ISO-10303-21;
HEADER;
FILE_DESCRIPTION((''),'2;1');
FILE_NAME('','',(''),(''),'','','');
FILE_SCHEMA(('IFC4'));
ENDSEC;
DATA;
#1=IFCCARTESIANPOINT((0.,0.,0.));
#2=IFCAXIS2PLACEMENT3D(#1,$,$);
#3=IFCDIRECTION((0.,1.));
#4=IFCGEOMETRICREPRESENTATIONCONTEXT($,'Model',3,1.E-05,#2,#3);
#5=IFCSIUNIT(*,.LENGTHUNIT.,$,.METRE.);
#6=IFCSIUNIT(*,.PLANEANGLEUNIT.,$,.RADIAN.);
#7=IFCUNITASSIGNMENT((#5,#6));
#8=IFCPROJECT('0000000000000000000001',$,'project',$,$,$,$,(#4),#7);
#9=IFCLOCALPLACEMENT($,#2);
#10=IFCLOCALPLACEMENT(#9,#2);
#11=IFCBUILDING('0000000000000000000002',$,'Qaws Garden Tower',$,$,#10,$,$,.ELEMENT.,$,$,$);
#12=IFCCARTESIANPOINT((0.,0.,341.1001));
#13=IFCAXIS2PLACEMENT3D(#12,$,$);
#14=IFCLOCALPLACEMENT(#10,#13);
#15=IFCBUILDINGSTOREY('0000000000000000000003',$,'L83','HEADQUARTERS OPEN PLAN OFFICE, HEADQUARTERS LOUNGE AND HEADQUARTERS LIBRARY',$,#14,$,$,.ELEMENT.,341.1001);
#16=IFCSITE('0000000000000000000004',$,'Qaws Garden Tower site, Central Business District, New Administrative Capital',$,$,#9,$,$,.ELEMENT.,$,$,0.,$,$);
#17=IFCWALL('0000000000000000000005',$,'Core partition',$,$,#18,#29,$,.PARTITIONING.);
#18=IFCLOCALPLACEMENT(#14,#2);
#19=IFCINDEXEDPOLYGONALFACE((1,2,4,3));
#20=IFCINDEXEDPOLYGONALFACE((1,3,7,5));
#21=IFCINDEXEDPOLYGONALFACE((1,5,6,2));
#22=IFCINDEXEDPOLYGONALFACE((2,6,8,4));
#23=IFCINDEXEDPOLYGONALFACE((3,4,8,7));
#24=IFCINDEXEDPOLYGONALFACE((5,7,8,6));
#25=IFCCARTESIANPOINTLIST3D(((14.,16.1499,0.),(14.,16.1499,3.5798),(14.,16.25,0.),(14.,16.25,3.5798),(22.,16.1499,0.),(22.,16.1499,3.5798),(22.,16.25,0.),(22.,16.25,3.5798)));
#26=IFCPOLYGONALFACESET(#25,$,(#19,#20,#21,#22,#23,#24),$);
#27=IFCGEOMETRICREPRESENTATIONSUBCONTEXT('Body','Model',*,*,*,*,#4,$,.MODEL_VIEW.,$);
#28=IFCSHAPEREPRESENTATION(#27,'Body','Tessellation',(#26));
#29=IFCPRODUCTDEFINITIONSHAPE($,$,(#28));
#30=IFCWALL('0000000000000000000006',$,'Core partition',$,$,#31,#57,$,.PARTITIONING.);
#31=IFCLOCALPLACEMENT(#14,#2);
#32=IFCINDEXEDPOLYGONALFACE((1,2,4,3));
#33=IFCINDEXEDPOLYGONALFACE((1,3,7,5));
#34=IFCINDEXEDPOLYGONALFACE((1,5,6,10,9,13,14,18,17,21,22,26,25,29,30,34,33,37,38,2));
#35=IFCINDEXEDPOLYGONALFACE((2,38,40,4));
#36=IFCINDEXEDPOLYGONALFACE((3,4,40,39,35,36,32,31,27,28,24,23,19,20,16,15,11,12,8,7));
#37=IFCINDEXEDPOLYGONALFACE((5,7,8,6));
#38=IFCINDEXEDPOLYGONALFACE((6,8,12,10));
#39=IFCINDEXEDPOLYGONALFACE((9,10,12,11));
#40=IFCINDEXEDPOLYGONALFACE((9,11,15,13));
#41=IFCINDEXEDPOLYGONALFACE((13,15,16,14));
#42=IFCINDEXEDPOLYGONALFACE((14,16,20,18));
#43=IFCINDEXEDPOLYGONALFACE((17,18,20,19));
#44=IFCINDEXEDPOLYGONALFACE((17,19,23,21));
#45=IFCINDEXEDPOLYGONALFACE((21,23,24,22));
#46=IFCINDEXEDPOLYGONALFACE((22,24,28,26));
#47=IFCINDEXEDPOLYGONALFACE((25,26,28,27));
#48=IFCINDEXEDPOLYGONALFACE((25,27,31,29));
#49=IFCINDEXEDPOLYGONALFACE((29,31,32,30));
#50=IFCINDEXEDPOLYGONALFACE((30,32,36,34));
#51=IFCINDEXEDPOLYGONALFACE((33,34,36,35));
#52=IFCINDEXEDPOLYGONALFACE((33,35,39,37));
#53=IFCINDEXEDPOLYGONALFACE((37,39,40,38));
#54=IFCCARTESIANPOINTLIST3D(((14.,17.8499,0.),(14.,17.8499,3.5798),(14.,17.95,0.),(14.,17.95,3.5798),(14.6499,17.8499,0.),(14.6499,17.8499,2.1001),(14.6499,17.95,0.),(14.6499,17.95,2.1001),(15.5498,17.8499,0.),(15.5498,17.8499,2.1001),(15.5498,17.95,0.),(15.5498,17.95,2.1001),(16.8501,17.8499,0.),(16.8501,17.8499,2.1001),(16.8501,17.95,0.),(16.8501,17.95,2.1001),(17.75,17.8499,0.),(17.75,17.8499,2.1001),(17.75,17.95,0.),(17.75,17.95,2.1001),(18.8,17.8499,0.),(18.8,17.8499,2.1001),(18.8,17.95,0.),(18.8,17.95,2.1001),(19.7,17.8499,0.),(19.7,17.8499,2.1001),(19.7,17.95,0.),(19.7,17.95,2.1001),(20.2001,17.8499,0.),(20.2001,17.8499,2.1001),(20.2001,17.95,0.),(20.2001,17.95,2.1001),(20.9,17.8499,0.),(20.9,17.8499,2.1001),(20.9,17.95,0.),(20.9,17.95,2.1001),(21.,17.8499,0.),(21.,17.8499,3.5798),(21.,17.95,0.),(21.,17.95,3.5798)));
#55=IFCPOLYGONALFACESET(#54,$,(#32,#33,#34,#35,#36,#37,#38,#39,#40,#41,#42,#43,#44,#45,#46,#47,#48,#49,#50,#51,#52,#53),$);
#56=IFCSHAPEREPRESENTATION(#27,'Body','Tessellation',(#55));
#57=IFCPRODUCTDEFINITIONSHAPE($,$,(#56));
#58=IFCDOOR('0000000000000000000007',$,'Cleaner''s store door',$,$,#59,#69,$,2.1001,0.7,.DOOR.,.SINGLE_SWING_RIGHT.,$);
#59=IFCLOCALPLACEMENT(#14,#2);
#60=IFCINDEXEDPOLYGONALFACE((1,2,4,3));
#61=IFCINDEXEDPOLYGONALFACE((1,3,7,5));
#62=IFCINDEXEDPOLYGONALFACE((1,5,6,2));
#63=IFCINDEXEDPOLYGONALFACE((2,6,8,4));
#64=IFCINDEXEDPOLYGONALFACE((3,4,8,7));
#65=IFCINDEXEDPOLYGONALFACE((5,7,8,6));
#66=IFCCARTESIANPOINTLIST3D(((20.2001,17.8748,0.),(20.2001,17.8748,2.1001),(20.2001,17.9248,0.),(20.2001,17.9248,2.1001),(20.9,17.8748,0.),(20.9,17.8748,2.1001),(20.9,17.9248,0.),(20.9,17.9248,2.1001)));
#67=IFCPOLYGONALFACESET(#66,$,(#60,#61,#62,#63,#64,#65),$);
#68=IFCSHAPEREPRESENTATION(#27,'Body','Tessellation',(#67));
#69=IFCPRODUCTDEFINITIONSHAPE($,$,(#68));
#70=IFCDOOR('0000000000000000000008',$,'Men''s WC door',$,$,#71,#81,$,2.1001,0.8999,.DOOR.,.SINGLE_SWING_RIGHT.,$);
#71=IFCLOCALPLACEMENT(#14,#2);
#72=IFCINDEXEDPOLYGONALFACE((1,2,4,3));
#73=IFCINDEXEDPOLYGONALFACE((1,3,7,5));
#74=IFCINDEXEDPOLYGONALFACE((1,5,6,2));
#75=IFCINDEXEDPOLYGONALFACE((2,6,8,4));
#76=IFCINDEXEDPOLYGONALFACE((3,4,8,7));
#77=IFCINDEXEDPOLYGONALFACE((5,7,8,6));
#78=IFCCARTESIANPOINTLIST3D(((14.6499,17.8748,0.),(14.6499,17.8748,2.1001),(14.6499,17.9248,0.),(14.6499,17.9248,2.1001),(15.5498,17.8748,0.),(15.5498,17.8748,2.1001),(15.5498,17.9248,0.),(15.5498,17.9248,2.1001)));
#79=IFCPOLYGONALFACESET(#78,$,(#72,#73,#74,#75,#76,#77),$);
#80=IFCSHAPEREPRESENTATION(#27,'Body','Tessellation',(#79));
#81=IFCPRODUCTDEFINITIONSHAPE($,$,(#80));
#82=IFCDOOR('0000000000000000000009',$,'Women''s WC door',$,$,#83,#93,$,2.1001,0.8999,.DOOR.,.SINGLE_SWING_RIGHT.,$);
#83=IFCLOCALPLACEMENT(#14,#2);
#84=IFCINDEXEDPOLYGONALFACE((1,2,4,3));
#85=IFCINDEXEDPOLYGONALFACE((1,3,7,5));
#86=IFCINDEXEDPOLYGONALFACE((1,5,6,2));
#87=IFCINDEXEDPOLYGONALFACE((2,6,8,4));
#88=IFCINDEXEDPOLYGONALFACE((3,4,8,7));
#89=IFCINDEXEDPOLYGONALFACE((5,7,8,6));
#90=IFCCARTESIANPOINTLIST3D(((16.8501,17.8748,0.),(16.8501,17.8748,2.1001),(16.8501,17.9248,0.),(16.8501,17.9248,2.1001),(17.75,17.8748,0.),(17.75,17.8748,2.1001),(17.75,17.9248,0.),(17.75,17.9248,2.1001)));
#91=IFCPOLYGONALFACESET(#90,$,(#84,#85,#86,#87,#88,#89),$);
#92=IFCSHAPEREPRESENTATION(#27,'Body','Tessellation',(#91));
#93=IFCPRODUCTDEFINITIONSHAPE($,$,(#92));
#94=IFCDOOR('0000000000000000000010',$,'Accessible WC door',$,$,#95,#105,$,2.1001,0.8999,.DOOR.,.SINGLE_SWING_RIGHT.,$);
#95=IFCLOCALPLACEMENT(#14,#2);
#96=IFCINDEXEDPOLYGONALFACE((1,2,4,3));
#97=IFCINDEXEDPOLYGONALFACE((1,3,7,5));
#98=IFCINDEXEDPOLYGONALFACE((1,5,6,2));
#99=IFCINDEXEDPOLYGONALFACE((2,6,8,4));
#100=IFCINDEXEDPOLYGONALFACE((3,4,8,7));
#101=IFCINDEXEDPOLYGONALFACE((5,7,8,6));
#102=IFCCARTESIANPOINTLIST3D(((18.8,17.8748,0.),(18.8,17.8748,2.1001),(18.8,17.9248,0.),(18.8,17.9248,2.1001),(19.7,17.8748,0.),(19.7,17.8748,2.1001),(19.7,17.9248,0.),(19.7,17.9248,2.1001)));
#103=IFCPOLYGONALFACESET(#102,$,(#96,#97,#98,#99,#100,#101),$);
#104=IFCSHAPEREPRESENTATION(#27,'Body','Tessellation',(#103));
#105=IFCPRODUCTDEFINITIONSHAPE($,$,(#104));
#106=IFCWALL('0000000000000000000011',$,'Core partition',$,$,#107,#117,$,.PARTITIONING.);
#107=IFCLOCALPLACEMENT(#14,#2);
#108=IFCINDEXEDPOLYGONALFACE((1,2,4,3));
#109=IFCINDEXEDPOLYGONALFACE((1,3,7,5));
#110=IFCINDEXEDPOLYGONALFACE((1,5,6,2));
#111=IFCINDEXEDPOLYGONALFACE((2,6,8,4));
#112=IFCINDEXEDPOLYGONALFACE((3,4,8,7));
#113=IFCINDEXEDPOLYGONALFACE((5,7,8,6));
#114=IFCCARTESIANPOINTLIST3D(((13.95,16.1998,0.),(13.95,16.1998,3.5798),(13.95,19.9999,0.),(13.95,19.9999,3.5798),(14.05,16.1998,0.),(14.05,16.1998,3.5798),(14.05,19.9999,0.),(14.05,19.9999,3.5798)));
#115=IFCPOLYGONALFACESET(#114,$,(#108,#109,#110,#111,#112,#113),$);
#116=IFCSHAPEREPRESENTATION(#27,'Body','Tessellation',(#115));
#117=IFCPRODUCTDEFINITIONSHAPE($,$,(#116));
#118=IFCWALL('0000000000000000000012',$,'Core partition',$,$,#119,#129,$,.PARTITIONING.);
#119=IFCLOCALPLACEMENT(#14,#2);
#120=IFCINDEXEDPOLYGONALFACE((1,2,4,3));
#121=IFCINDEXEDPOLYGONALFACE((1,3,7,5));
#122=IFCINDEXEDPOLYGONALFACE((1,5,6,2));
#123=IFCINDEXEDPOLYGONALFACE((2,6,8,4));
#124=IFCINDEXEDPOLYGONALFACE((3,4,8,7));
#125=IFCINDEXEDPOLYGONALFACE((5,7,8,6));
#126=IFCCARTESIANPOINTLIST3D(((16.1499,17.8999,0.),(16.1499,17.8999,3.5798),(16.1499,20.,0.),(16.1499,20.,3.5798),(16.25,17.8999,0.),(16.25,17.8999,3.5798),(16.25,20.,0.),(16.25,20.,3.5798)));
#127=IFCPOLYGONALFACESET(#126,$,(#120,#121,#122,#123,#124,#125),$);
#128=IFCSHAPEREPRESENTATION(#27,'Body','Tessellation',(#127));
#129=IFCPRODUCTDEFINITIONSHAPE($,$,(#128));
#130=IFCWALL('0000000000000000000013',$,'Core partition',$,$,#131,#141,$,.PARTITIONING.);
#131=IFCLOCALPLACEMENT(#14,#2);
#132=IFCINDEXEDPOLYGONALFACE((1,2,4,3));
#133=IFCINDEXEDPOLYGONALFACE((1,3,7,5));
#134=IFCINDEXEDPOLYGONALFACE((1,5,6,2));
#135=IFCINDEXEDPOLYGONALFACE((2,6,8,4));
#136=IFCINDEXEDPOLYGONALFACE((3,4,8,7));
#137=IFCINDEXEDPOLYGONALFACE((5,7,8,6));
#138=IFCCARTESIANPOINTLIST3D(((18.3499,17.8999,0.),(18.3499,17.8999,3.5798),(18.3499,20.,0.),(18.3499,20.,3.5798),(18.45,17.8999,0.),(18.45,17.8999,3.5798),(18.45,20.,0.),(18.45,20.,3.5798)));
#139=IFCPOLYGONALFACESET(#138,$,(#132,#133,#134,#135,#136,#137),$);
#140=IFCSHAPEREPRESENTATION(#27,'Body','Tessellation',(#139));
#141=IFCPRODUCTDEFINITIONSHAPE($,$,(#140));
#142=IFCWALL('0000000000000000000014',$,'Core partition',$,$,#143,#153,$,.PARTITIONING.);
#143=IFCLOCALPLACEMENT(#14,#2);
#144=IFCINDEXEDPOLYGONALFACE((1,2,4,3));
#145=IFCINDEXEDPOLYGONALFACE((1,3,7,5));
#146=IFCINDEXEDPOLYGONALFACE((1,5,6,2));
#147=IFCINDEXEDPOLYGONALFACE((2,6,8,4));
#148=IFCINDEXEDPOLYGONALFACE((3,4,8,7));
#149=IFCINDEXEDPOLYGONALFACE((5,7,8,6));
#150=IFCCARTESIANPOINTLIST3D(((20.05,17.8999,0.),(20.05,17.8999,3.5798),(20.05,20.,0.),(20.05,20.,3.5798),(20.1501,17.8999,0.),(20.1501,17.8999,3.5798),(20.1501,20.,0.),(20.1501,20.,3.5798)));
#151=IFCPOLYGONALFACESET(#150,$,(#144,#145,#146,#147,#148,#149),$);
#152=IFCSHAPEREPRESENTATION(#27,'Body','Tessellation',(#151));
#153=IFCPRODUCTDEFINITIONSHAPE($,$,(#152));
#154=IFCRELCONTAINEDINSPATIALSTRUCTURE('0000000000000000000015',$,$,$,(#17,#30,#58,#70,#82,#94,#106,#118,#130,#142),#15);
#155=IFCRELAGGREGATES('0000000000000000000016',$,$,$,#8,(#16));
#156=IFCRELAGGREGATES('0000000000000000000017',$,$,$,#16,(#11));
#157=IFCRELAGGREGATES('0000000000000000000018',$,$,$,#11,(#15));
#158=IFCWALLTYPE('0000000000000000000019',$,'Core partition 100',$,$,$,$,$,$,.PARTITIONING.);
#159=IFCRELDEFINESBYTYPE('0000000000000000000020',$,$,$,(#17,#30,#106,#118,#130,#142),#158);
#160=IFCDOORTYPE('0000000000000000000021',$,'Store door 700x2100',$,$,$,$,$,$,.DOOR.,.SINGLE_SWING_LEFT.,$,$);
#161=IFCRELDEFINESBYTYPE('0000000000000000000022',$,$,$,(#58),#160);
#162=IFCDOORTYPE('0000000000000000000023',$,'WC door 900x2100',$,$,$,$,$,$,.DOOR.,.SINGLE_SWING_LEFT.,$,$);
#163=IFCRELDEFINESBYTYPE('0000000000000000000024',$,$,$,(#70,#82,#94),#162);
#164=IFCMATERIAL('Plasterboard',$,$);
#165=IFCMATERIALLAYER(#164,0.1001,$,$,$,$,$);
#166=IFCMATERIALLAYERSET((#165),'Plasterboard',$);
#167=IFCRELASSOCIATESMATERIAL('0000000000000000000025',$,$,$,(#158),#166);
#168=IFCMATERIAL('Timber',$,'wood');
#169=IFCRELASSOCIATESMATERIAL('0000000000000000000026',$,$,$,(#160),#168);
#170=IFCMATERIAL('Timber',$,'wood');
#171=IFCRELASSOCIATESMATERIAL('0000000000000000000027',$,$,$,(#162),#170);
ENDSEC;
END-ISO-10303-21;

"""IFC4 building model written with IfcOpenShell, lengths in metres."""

from ifc_helpers import new_model, si_unit, direction, frame, frame_2d, origin, place, context, subcontext, project, spatial, rectangle, extrude, material, layer, layer_set, type_object, element, fill, save


model = new_model("IFC4")

# Units and contexts
model_context = context("Model", 3, precision=1e-05, world=origin(), true_north=direction((0.0, 1.0)))
body_context = subcontext(model_context, "Body", "Model", "MODEL_VIEW")
ifc_project = project(units=[si_unit("LENGTHUNIT", "METRE"), si_unit("PLANEANGLEUNIT", "RADIAN")], contexts=[model_context])

# Site, building, storey
site_placement = place(None, origin())
site = spatial("IfcSite", under=ifc_project, at=site_placement, Name="Qaws Garden Tower site, Central Business District, New Administrative Capital", CompositionType="ELEMENT", RefElevation=0.0)
building_placement = place(site_placement, origin())
building = spatial("IfcBuilding", under=site, at=building_placement, Name="Qaws Garden Tower", CompositionType="ELEMENT")
storey_placement = place(building_placement, frame((0.0, 0.0, 341.1001)))
storey = spatial("IfcBuildingStorey", under=building, at=storey_placement, Name="L83", Description="HEADQUARTERS OPEN PLAN OFFICE, HEADQUARTERS LOUNGE AND HEADQUARTERS LIBRARY", CompositionType="ELEMENT", Elevation=341.1001)

# Wall
ifc_material_1 = material(Name="Plasterboard")
ifc_layer_1 = layer(ifc_material_1, 0.1001)
ifc_layer_set_1 = layer_set([ifc_layer_1], Name="Plasterboard")
wall_type_1 = type_object("IfcWallType", Name="Core partition 100", PredefinedType="PARTITIONING", material=ifc_layer_set_1)
wall_1_placement = place(storey_placement, frame((14.0, 16.2, 0.0), z_axis=(0.0, 0.0, 1.0), x_axis=(1.0, 0.0, 0.0)))
element("IfcWall", 1, at=wall_1_placement, inside=storey, type_object=wall_type_1, Name="Core partition", PredefinedType="PARTITIONING", context=body_context, shape_type="SweptSolid", body=[
    extrude(rectangle(XDim=8.0, YDim=0.1001, at=frame_2d((4.0, 0.0))), origin(), (0.0, 0.0, 1.0), 3.5798),
])

# Wall, openings, doors
wall_2_placement = place(storey_placement, frame((14.0, 17.8999, 0.0), z_axis=(0.0, 0.0, 1.0), x_axis=(1.0, 0.0, 0.0)))
wall_2 = element("IfcWall", 2, at=wall_2_placement, inside=storey, type_object=wall_type_1, Name="Core partition", PredefinedType="PARTITIONING", context=body_context, shape_type="SweptSolid", body=[
    extrude(rectangle(XDim=7.0, YDim=0.1001, at=frame_2d((3.5, 0.0))), origin(), (0.0, 0.0, 1.0), 3.5798),
])
opening_1_placement = place(wall_2_placement, frame((0.6499, 0.0, 0.0)))
opening_1 = element("IfcOpeningElement", 3, at=opening_1_placement, cuts=wall_2, PredefinedType="OPENING", context=body_context, shape_type="SweptSolid", body=[
    extrude(rectangle(XDim=0.8999, YDim=2.1001, at=frame_2d((0.45, 1.05))), frame((0.0, 0.0601, 0.0), z_axis=(0.0, -1.0, 0.0), x_axis=(1.0, 0.0, 0.0)), (0.0, 0.0, 1.0), 0.1201),
])
opening_2_placement = place(wall_2_placement, frame((2.8501, 0.0, 0.0)))
opening_2 = element("IfcOpeningElement", 4, at=opening_2_placement, cuts=wall_2, PredefinedType="OPENING", context=body_context, shape_type="SweptSolid", body=[
    extrude(rectangle(XDim=0.8999, YDim=2.1001, at=frame_2d((0.45, 1.05))), frame((0.0, 0.0601, 0.0), z_axis=(0.0, -1.0, 0.0), x_axis=(1.0, 0.0, 0.0)), (0.0, 0.0, 1.0), 0.1201),
])
opening_3_placement = place(wall_2_placement, frame((4.8, 0.0, 0.0)))
opening_3 = element("IfcOpeningElement", 5, at=opening_3_placement, cuts=wall_2, PredefinedType="OPENING", context=body_context, shape_type="SweptSolid", body=[
    extrude(rectangle(XDim=0.8999, YDim=2.1001, at=frame_2d((0.45, 1.05))), frame((0.0, 0.0601, 0.0), z_axis=(0.0, -1.0, 0.0), x_axis=(1.0, 0.0, 0.0)), (0.0, 0.0, 1.0), 0.1201),
])
opening_4_placement = place(wall_2_placement, frame((6.2, 0.0, 0.0)))
opening_4 = element("IfcOpeningElement", 6, at=opening_4_placement, cuts=wall_2, PredefinedType="OPENING", context=body_context, shape_type="SweptSolid", body=[
    extrude(rectangle(XDim=0.7, YDim=2.1001, at=frame_2d((0.3501, 1.05))), frame((0.0, 0.0601, 0.0), z_axis=(0.0, -1.0, 0.0), x_axis=(1.0, 0.0, 0.0)), (0.0, 0.0, 1.0), 0.1201),
])
ifc_material_2 = material(Name="Timber", Category="wood")
door_type_1 = type_object("IfcDoorType", Name="Store door 700x2100", OperationType="SINGLE_SWING_LEFT", PredefinedType="DOOR", material=ifc_material_2)
door_1_placement = place(opening_4_placement, origin())
door_1 = element("IfcDoor", 7, at=door_1_placement, inside=storey, type_object=door_type_1, Name="Cleaner's store door", OperationType="SINGLE_SWING_RIGHT", OverallHeight=2.1001, OverallWidth=0.7, PredefinedType="DOOR", context=body_context, shape_type="SweptSolid", body=[
    extrude(rectangle(XDim=0.7, YDim=2.1001, at=frame_2d((0.3501, 1.05))), frame((0.0, 0.0249, 0.0), z_axis=(0.0, -1.0, 0.0), x_axis=(1.0, 0.0, 0.0)), (0.0, 0.0, 1.0), 0.05),
])
fill(opening_4, door_1)
ifc_material_3 = material(Name="Timber", Category="wood")
door_type_2 = type_object("IfcDoorType", Name="WC door 900x2100", OperationType="SINGLE_SWING_LEFT", PredefinedType="DOOR", material=ifc_material_3)
door_2_placement = place(opening_1_placement, origin())
door_2 = element("IfcDoor", 8, at=door_2_placement, inside=storey, type_object=door_type_2, Name="Men's WC door", OperationType="SINGLE_SWING_RIGHT", OverallHeight=2.1001, OverallWidth=0.8999, PredefinedType="DOOR", context=body_context, shape_type="SweptSolid", body=[
    extrude(rectangle(XDim=0.8999, YDim=2.1001, at=frame_2d((0.45, 1.05))), frame((0.0, 0.0249, 0.0), z_axis=(0.0, -1.0, 0.0), x_axis=(1.0, 0.0, 0.0)), (0.0, 0.0, 1.0), 0.05),
])
fill(opening_1, door_2)
door_3_placement = place(opening_2_placement, origin())
door_3 = element("IfcDoor", 9, at=door_3_placement, inside=storey, type_object=door_type_2, Name="Women's WC door", OperationType="SINGLE_SWING_RIGHT", OverallHeight=2.1001, OverallWidth=0.8999, PredefinedType="DOOR", context=body_context, shape_type="SweptSolid", body=[
    extrude(rectangle(XDim=0.8999, YDim=2.1001, at=frame_2d((0.45, 1.05))), frame((0.0, 0.0249, 0.0), z_axis=(0.0, -1.0, 0.0), x_axis=(1.0, 0.0, 0.0)), (0.0, 0.0, 1.0), 0.05),
])
fill(opening_2, door_3)
door_4_placement = place(opening_3_placement, origin())
door_4 = element("IfcDoor", 10, at=door_4_placement, inside=storey, type_object=door_type_2, Name="Accessible WC door", OperationType="SINGLE_SWING_RIGHT", OverallHeight=2.1001, OverallWidth=0.8999, PredefinedType="DOOR", context=body_context, shape_type="SweptSolid", body=[
    extrude(rectangle(XDim=0.8999, YDim=2.1001, at=frame_2d((0.45, 1.05))), frame((0.0, 0.0249, 0.0), z_axis=(0.0, -1.0, 0.0), x_axis=(1.0, 0.0, 0.0)), (0.0, 0.0, 1.0), 0.05),
])
fill(opening_3, door_4)

# Walls
wall_3_placement = place(storey_placement, frame((14.0, 16.2, 0.0), z_axis=(0.0, 0.0, 1.0), x_axis=(0.0, 1.0, 0.0)))
element("IfcWall", 11, at=wall_3_placement, inside=storey, type_object=wall_type_1, Name="Core partition", PredefinedType="PARTITIONING", context=body_context, shape_type="SweptSolid", body=[
    extrude(rectangle(XDim=3.8, YDim=0.1001, at=frame_2d((1.8999, 0.0))), origin(), (0.0, 0.0, 1.0), 3.5798),
])
for number, where, z_axis, x_axis, name in (
    (12, (16.2, 17.8999, 0.0), (0.0, 0.0, 1.0), (0.0, 1.0, 0.0), "Core partition"),
    (13, (18.3999, 17.8999, 0.0), (0.0, 0.0, 1.0), (0.0, 1.0, 0.0), "Core partition"),
    (14, (20.1001, 17.8999, 0.0), (0.0, 0.0, 1.0), (0.0, 1.0, 0.0), "Core partition"),
):
    element("IfcWall", number, at=place(storey_placement, frame(where, z_axis=z_axis, x_axis=x_axis)), inside=storey, type_object=wall_type_1, Name=name, PredefinedType="PARTITIONING", context=body_context, shape_type="SweptSolid", body=[
        extrude(rectangle(XDim=2.1001, YDim=0.1001, at=frame_2d((1.05, 0.0))), origin(), (0.0, 0.0, 1.0), 3.5798),
    ])

save(model, "model.ifc")
